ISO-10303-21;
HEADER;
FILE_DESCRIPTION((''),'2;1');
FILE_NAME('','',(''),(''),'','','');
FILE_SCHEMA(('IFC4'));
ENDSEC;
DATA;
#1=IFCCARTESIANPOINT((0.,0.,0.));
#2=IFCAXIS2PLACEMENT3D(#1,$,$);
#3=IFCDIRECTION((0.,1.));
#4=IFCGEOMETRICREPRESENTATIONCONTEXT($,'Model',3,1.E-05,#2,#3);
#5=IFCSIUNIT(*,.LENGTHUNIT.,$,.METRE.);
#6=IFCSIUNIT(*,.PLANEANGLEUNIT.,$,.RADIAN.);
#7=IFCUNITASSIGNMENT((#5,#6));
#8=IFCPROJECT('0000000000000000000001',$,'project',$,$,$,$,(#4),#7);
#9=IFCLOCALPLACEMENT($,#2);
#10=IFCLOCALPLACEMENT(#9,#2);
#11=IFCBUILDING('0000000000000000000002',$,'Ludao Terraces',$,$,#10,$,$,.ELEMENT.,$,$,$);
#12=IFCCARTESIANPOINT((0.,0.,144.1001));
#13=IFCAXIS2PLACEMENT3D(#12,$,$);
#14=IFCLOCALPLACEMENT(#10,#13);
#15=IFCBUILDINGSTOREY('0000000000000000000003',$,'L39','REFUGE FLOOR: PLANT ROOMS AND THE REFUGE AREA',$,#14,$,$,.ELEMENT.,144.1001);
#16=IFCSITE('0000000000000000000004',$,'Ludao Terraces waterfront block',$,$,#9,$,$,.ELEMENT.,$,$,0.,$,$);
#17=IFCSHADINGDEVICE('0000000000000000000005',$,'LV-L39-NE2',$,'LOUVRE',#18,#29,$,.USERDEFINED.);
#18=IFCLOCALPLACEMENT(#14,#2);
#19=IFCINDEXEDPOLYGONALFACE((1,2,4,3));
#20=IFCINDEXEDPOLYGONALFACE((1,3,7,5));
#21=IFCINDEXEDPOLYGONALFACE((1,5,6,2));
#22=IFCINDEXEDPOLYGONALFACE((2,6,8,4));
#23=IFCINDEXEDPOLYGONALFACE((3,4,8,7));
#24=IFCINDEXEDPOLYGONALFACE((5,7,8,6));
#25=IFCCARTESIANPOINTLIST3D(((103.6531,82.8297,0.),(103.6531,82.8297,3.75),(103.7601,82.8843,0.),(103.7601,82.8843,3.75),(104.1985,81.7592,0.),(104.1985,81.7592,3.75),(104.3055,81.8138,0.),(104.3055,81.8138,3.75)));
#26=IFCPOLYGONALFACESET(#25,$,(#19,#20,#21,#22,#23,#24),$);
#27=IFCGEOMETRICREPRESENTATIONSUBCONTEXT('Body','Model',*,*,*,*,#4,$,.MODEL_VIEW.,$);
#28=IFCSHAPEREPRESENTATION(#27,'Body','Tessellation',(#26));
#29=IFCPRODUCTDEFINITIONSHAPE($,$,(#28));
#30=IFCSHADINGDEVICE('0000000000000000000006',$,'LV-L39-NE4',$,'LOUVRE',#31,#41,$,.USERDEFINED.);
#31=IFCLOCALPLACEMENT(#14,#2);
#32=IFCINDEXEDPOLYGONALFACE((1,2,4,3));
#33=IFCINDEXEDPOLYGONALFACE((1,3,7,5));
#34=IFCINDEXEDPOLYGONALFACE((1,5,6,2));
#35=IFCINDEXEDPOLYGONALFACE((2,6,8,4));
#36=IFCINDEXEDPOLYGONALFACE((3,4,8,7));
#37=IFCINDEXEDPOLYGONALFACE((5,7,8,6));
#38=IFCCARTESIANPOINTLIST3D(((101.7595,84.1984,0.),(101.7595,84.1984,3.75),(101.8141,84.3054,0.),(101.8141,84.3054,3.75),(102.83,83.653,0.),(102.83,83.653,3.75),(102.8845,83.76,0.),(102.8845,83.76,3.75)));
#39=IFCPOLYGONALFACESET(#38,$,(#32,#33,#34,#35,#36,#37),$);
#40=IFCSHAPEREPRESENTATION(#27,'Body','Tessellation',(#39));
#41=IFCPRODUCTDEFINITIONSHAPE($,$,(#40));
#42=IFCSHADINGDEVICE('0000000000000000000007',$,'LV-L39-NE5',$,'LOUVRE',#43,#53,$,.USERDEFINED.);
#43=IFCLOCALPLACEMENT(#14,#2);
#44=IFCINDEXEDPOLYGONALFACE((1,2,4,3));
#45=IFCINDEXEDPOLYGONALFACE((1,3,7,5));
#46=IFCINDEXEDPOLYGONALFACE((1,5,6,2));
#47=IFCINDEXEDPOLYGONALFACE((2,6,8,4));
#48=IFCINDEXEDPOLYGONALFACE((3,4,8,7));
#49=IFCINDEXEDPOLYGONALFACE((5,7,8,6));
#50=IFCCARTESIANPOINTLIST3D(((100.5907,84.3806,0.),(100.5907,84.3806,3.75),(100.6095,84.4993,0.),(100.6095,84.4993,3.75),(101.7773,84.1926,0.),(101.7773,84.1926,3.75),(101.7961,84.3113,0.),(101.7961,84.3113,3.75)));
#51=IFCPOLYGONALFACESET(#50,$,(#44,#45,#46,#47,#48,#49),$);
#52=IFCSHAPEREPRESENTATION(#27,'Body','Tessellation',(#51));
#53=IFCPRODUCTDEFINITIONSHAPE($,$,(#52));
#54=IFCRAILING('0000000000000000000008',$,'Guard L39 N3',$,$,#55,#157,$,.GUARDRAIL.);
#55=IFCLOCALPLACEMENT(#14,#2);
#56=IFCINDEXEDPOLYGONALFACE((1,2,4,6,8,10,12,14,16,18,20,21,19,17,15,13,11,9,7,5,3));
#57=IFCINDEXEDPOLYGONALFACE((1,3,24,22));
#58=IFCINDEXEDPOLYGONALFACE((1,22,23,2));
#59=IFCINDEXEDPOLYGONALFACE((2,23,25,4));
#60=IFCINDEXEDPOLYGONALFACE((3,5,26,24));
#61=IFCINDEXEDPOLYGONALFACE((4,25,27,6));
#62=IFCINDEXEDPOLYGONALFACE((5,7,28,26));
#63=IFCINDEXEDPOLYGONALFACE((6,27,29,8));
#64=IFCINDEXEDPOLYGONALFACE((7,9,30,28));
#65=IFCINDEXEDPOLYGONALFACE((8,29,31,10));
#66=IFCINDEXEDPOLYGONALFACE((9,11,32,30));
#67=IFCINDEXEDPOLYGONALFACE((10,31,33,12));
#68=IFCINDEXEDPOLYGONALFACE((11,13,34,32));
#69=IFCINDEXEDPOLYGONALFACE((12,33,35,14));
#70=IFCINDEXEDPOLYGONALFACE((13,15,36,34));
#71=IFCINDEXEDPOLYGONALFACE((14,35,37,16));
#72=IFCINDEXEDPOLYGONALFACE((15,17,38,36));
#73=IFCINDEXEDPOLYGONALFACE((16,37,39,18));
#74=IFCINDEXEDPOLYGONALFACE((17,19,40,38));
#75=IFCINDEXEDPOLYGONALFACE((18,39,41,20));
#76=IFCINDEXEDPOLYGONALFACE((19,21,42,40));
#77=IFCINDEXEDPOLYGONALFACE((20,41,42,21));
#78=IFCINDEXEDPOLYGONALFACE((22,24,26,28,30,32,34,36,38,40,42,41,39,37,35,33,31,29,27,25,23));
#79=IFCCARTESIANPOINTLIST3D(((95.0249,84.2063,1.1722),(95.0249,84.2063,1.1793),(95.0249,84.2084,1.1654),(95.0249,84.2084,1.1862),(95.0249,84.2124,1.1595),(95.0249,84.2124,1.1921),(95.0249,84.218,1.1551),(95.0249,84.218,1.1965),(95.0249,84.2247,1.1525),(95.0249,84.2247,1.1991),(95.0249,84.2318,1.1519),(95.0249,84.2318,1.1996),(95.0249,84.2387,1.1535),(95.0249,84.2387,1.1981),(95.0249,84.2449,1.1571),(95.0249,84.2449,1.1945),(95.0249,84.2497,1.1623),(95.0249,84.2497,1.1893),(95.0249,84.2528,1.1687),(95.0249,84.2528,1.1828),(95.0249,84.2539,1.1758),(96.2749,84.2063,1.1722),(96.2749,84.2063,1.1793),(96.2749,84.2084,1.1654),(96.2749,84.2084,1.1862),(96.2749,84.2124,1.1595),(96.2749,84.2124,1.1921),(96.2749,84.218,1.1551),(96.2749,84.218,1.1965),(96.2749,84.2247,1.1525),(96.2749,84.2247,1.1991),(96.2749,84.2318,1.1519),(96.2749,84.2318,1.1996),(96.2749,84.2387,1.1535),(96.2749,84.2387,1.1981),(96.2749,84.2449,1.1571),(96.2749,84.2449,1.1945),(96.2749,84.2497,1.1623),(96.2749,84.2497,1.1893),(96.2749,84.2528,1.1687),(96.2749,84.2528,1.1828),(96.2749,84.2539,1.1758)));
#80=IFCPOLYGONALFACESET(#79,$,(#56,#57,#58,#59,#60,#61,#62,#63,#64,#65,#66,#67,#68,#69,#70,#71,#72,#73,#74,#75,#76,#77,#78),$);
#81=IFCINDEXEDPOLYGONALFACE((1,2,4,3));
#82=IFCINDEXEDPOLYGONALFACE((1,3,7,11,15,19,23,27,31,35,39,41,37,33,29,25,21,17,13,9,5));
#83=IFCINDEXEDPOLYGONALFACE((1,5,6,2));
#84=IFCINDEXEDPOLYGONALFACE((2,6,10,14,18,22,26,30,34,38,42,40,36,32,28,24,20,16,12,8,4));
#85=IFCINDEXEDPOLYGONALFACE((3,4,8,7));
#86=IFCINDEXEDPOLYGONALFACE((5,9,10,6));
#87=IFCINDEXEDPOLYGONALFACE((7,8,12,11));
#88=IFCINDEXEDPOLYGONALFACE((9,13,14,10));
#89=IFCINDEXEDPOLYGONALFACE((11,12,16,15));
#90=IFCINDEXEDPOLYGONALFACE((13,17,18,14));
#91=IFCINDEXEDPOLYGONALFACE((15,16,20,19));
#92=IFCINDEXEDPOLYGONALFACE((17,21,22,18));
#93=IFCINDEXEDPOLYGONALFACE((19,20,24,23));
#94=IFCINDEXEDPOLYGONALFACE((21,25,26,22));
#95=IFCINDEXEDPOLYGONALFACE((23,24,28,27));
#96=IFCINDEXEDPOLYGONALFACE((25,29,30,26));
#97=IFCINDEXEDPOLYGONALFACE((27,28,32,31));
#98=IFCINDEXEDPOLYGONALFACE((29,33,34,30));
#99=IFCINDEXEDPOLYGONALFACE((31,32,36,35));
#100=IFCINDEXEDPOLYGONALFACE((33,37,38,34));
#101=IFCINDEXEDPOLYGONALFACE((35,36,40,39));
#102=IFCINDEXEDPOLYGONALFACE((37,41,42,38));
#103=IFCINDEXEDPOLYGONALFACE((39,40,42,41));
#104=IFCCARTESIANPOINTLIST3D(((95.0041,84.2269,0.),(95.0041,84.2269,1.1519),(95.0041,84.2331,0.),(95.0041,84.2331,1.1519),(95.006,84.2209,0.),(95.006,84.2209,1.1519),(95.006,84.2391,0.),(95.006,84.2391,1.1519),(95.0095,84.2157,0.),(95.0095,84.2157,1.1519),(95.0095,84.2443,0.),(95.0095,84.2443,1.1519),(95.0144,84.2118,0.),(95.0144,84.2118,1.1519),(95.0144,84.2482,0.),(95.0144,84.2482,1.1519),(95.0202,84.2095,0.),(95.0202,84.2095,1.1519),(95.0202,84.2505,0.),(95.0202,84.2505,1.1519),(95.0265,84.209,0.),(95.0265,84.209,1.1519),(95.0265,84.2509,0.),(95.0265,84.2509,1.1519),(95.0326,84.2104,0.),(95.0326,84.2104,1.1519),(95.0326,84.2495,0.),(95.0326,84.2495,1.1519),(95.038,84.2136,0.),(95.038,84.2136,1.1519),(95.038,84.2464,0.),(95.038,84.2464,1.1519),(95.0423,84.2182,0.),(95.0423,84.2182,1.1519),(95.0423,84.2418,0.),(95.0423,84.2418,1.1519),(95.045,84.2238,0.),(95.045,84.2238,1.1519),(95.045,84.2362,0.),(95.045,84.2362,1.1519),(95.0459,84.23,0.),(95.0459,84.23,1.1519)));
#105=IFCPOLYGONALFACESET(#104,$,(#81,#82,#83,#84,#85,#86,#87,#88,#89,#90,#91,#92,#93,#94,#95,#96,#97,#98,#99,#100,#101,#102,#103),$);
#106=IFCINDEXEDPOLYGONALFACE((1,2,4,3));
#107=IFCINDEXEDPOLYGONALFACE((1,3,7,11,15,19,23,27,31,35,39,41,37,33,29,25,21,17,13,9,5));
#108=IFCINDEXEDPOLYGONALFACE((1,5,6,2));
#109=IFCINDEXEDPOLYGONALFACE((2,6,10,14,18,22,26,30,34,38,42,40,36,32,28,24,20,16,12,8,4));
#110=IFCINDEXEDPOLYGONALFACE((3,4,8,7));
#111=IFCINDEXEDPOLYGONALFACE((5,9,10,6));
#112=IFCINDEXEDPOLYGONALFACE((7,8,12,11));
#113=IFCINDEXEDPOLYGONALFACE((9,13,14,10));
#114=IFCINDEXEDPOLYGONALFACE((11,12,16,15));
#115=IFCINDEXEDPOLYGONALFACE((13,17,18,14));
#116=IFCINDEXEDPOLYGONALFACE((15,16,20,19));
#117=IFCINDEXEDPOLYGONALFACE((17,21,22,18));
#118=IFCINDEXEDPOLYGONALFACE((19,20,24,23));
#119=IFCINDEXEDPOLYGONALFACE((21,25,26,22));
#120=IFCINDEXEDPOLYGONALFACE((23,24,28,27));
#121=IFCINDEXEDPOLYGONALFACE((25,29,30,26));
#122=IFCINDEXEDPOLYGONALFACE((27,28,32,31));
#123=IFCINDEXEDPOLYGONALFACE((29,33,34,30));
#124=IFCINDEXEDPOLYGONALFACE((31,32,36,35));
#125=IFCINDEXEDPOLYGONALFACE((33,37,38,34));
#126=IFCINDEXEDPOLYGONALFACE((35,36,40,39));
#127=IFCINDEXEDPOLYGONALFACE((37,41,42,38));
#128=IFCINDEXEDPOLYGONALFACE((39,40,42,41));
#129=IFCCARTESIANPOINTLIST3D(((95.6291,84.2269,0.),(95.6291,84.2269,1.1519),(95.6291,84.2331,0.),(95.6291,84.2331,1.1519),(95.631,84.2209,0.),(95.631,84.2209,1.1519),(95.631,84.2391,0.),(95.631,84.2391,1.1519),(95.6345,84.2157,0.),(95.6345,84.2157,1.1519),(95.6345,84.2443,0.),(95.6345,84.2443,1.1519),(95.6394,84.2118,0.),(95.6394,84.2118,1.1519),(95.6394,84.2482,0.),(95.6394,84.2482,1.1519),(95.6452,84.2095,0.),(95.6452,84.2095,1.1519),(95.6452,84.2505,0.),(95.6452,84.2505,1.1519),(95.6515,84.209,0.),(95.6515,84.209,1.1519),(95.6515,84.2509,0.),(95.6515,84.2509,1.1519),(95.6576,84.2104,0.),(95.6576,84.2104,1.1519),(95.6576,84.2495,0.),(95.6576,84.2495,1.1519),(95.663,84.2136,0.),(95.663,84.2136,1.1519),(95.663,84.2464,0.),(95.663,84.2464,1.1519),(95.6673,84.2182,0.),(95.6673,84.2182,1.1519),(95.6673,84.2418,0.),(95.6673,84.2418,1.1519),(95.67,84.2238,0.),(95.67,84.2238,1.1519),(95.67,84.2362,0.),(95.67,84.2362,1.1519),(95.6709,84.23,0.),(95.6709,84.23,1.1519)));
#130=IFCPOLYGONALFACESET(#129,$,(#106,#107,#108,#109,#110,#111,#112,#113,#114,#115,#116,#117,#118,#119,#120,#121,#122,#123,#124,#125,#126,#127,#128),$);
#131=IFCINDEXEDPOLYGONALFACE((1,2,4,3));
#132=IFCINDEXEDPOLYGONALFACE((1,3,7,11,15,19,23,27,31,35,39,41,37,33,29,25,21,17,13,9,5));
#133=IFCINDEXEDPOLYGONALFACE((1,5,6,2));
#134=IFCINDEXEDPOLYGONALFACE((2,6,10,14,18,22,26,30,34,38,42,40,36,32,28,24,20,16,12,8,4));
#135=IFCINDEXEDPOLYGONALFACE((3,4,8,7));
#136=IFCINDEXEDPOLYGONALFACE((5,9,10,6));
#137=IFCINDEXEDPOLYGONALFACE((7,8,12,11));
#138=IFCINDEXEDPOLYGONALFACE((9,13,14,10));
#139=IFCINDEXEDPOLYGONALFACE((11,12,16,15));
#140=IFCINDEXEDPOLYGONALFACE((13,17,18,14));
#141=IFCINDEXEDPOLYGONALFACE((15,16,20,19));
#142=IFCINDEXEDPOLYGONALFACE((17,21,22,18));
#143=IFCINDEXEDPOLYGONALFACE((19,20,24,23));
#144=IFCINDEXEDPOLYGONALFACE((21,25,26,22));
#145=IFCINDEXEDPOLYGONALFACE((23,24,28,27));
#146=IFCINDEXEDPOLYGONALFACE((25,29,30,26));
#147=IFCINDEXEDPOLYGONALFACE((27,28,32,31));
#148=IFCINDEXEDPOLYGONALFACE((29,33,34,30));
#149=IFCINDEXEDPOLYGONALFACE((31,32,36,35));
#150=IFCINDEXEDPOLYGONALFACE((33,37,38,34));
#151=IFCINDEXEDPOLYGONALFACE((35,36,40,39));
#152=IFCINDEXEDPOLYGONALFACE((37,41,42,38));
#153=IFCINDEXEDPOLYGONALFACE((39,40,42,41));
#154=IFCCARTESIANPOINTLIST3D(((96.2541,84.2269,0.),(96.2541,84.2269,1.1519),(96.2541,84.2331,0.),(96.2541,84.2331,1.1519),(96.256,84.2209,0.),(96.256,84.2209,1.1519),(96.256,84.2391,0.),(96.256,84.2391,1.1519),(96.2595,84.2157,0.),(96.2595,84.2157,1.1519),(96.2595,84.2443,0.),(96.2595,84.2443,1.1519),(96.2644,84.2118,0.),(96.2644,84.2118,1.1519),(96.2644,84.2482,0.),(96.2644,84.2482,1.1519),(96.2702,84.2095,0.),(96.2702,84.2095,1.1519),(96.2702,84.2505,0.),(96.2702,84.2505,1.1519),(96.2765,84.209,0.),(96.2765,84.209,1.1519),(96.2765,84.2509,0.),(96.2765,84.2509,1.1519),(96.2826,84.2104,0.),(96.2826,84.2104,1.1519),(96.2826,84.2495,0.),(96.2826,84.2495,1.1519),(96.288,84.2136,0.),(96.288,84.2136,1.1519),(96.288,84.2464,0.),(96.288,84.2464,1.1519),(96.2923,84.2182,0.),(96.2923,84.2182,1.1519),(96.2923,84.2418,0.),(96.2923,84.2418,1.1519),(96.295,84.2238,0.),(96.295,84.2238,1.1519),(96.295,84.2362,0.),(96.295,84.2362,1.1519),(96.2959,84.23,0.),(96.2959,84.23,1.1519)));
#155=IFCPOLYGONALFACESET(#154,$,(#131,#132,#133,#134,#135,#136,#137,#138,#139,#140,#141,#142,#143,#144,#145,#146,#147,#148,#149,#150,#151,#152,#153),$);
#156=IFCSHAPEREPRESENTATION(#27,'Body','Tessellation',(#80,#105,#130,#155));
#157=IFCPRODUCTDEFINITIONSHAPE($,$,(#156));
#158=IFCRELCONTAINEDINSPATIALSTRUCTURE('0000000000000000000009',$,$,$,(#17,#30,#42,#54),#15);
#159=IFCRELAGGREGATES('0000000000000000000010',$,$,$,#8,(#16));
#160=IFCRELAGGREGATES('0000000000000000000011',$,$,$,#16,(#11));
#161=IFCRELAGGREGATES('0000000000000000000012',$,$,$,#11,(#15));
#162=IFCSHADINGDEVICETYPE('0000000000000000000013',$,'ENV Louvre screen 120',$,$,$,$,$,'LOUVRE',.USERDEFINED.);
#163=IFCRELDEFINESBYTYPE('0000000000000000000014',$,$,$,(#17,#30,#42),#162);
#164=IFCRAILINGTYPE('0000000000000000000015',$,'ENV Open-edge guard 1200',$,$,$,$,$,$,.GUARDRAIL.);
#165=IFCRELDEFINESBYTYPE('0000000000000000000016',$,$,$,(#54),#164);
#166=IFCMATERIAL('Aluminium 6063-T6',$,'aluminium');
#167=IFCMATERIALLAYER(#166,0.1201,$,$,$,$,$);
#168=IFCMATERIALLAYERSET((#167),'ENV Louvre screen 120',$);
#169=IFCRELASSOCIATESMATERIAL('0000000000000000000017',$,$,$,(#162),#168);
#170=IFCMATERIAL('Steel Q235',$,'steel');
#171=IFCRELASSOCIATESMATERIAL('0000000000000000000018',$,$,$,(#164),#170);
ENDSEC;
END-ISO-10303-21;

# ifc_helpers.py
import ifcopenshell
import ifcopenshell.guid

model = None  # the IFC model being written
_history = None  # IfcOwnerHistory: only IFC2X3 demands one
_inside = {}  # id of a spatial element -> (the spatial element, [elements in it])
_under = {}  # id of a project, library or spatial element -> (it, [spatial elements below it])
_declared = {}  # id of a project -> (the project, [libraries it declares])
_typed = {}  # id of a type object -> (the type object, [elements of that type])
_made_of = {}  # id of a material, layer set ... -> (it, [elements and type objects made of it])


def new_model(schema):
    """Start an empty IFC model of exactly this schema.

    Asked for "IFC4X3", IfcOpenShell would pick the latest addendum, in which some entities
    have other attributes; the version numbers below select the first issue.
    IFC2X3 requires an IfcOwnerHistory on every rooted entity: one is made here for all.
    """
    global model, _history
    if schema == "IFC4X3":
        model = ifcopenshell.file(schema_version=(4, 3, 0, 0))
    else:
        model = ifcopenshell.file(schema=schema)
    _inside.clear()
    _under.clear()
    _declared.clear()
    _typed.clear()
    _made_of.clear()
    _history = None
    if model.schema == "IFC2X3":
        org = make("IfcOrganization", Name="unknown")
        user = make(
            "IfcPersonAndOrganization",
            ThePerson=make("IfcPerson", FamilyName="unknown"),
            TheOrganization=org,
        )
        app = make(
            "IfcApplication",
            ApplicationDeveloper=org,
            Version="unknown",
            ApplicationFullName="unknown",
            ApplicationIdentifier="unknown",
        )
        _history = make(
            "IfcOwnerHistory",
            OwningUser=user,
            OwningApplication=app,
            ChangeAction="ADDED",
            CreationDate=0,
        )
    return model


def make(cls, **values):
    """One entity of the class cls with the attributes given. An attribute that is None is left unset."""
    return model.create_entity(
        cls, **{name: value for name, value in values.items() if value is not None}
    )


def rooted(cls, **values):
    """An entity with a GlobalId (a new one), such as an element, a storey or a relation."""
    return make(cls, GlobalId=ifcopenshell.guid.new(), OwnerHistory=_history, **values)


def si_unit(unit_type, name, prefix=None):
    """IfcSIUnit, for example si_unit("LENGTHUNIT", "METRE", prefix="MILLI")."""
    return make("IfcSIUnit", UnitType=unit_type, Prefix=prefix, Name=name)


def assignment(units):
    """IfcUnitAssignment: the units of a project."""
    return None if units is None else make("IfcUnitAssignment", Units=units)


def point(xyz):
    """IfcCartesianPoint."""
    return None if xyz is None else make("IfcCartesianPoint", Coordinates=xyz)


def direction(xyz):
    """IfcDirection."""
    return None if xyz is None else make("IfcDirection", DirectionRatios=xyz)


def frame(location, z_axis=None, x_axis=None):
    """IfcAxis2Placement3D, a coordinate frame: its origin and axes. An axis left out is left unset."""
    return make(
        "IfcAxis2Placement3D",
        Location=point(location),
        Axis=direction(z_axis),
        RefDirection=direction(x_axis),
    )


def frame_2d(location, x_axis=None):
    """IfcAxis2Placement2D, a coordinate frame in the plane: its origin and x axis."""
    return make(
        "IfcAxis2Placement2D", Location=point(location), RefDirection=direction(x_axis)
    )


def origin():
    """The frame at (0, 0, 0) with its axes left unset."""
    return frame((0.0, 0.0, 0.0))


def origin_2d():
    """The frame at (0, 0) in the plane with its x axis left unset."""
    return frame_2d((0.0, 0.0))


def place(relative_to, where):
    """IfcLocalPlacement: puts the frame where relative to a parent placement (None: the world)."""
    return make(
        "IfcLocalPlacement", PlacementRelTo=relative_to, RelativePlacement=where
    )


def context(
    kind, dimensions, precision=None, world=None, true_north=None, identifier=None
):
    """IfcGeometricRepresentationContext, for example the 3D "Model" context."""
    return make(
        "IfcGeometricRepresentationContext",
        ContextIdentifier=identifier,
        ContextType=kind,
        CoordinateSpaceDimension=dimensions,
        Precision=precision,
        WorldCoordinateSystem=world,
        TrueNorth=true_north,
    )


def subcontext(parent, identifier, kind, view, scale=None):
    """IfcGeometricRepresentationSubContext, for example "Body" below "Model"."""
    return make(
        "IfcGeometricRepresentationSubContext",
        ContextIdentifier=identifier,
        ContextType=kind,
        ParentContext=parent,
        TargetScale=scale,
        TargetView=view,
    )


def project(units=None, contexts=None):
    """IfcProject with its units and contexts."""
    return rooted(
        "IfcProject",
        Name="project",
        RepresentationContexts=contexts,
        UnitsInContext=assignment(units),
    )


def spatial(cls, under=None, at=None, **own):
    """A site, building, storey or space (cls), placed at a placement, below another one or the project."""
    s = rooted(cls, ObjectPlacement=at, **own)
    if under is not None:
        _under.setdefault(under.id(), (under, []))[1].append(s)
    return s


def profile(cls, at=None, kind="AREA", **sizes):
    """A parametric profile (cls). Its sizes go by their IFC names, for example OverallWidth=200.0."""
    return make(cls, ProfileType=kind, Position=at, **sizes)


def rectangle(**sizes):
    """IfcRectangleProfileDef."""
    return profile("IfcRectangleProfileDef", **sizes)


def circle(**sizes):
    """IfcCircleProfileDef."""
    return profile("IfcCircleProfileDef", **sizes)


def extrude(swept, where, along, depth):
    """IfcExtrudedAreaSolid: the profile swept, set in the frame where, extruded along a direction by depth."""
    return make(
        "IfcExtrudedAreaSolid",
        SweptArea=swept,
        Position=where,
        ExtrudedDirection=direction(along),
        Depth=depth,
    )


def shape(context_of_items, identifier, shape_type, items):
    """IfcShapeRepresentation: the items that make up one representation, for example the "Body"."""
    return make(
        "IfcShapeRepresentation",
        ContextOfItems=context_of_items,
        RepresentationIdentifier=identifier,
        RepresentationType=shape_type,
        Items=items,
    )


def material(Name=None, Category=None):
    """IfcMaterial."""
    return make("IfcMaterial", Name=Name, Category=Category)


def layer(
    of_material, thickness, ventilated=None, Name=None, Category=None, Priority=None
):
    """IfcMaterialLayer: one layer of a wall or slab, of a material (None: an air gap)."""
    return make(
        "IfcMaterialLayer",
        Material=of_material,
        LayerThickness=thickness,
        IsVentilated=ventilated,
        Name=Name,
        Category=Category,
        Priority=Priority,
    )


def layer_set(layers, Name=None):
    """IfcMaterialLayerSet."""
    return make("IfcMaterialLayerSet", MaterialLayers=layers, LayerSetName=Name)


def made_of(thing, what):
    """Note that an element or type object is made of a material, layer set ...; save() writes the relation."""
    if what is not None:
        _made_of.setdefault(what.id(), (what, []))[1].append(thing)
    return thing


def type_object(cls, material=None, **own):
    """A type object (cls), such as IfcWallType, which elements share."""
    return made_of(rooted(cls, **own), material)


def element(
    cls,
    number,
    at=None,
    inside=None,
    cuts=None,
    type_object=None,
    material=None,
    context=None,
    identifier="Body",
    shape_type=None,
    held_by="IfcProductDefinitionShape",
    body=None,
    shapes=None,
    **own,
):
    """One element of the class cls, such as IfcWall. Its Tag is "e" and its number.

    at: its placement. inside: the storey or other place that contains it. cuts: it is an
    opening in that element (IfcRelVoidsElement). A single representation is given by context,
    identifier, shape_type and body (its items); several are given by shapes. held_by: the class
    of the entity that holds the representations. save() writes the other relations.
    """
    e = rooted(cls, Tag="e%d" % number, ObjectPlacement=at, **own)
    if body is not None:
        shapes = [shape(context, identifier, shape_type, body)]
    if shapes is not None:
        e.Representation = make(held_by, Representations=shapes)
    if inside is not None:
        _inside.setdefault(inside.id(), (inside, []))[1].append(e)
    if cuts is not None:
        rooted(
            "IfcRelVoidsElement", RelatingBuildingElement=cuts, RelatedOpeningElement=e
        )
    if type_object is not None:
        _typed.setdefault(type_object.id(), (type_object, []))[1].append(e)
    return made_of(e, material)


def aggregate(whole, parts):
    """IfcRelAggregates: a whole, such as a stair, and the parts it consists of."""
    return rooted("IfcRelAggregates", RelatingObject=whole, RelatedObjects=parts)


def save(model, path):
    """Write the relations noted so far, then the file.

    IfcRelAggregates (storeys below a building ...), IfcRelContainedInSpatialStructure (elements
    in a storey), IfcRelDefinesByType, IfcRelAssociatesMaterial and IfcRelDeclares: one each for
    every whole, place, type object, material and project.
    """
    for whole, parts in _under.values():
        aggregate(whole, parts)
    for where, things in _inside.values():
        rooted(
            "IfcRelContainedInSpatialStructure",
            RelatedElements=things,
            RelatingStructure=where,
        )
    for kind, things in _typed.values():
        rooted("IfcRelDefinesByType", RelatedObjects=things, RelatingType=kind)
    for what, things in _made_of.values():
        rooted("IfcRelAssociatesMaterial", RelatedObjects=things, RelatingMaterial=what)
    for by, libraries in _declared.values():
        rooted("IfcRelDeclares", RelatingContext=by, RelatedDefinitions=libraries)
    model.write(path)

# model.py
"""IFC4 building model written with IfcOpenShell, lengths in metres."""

from ifc_helpers import new_model, si_unit, direction, frame, frame_2d, origin, origin_2d, place, context, subcontext, project, spatial, rectangle, circle, extrude, material, layer, layer_set, type_object, element, save


model = new_model("IFC4")

# Units and contexts
model_context = context("Model", 3, precision=1e-05, world=origin(), true_north=direction((0.0, 1.0)))
body_context = subcontext(model_context, "Body", "Model", "MODEL_VIEW")
ifc_project = project(units=[si_unit("LENGTHUNIT", "METRE"), si_unit("PLANEANGLEUNIT", "RADIAN")], contexts=[model_context])

# Site, building, storey
site_placement = place(None, origin())
site = spatial("IfcSite", under=ifc_project, at=site_placement, Name="Ludao Terraces waterfront block", CompositionType="ELEMENT", RefElevation=0.0)
building_placement = place(site_placement, origin())
building = spatial("IfcBuilding", under=site, at=building_placement, Name="Ludao Terraces", CompositionType="ELEMENT")
storey_placement = place(building_placement, frame((0.0, 0.0, 144.1001)))
storey = spatial("IfcBuildingStorey", under=building, at=storey_placement, Name="L39", Description="REFUGE FLOOR: PLANT ROOMS AND THE REFUGE AREA", CompositionType="ELEMENT", Elevation=144.1001)

# Shading devices
ifc_material_1 = material(Name="Aluminium 6063-T6", Category="aluminium")
ifc_layer_1 = layer(ifc_material_1, 0.1201)
ifc_layer_set_1 = layer_set([ifc_layer_1], Name="ENV Louvre screen 120")
shading_device_type = type_object("IfcShadingDeviceType", Name="ENV Louvre screen 120", ElementType="LOUVRE", PredefinedType="USERDEFINED", material=ifc_layer_set_1)
for number, where, z_axis, x_axis, name in (
    (1, (104.252, 81.7866, 0.0), (0.0, 0.0, 1.0), (-0.453947, 0.891029, 0.0), "LV-L39-NE2"),
    (2, (102.8572, 83.7065, 0.0), (0.0, 0.0, 1.0), (-0.891029, 0.453947, 0.0), "LV-L39-NE4"),
    (3, (101.7866, 84.252, 0.0), (0.0, 0.0, 1.0), (-0.98768, 0.156484, 0.0), "LV-L39-NE5"),
):
    element("IfcShadingDevice", number, at=place(storey_placement, frame(where, z_axis=z_axis, x_axis=x_axis)), inside=storey, type_object=shading_device_type, Name=name, ObjectType="LOUVRE", PredefinedType="USERDEFINED", context=body_context, shape_type="SweptSolid", body=[
        extrude(rectangle(XDim=1.2014, YDim=0.1201, at=frame_2d((0.6006, 0.0))), origin(), (0.0, 0.0, 1.0), 3.75),
    ])

# Railing
ifc_material_2 = material(Name="Steel Q235", Category="steel")
railing_type_1 = type_object("IfcRailingType", Name="ENV Open-edge guard 1200", PredefinedType="GUARDRAIL", material=ifc_material_2)
railing_1_placement = place(storey_placement, frame((95.0249, 84.23, 0.0)))
element("IfcRailing", 4, at=railing_1_placement, inside=storey, type_object=railing_type_1, Name="Guard L39 N3", PredefinedType="GUARDRAIL", context=body_context, shape_type="SweptSolid", body=[
    extrude(circle(Radius=0.0239, at=origin_2d()), frame((0.0, 0.0, 1.1758), z_axis=(1.0, 0.0, 0.0), x_axis=(0.0, 1.0, 0.0)), (0.0, 0.0, 1.0), 1.25),
    extrude(circle(Radius=0.021, at=origin_2d()), origin(), (0.0, 0.0, 1.0), 1.1519),
    extrude(circle(Radius=0.021, at=origin_2d()), frame((0.625, 0.0, 0.0)), (0.0, 0.0, 1.0), 1.1519),
    extrude(circle(Radius=0.021, at=origin_2d()), frame((1.25, 0.0, 0.0)), (0.0, 0.0, 1.0), 1.1519),
])

save(model, "model.ifc")
